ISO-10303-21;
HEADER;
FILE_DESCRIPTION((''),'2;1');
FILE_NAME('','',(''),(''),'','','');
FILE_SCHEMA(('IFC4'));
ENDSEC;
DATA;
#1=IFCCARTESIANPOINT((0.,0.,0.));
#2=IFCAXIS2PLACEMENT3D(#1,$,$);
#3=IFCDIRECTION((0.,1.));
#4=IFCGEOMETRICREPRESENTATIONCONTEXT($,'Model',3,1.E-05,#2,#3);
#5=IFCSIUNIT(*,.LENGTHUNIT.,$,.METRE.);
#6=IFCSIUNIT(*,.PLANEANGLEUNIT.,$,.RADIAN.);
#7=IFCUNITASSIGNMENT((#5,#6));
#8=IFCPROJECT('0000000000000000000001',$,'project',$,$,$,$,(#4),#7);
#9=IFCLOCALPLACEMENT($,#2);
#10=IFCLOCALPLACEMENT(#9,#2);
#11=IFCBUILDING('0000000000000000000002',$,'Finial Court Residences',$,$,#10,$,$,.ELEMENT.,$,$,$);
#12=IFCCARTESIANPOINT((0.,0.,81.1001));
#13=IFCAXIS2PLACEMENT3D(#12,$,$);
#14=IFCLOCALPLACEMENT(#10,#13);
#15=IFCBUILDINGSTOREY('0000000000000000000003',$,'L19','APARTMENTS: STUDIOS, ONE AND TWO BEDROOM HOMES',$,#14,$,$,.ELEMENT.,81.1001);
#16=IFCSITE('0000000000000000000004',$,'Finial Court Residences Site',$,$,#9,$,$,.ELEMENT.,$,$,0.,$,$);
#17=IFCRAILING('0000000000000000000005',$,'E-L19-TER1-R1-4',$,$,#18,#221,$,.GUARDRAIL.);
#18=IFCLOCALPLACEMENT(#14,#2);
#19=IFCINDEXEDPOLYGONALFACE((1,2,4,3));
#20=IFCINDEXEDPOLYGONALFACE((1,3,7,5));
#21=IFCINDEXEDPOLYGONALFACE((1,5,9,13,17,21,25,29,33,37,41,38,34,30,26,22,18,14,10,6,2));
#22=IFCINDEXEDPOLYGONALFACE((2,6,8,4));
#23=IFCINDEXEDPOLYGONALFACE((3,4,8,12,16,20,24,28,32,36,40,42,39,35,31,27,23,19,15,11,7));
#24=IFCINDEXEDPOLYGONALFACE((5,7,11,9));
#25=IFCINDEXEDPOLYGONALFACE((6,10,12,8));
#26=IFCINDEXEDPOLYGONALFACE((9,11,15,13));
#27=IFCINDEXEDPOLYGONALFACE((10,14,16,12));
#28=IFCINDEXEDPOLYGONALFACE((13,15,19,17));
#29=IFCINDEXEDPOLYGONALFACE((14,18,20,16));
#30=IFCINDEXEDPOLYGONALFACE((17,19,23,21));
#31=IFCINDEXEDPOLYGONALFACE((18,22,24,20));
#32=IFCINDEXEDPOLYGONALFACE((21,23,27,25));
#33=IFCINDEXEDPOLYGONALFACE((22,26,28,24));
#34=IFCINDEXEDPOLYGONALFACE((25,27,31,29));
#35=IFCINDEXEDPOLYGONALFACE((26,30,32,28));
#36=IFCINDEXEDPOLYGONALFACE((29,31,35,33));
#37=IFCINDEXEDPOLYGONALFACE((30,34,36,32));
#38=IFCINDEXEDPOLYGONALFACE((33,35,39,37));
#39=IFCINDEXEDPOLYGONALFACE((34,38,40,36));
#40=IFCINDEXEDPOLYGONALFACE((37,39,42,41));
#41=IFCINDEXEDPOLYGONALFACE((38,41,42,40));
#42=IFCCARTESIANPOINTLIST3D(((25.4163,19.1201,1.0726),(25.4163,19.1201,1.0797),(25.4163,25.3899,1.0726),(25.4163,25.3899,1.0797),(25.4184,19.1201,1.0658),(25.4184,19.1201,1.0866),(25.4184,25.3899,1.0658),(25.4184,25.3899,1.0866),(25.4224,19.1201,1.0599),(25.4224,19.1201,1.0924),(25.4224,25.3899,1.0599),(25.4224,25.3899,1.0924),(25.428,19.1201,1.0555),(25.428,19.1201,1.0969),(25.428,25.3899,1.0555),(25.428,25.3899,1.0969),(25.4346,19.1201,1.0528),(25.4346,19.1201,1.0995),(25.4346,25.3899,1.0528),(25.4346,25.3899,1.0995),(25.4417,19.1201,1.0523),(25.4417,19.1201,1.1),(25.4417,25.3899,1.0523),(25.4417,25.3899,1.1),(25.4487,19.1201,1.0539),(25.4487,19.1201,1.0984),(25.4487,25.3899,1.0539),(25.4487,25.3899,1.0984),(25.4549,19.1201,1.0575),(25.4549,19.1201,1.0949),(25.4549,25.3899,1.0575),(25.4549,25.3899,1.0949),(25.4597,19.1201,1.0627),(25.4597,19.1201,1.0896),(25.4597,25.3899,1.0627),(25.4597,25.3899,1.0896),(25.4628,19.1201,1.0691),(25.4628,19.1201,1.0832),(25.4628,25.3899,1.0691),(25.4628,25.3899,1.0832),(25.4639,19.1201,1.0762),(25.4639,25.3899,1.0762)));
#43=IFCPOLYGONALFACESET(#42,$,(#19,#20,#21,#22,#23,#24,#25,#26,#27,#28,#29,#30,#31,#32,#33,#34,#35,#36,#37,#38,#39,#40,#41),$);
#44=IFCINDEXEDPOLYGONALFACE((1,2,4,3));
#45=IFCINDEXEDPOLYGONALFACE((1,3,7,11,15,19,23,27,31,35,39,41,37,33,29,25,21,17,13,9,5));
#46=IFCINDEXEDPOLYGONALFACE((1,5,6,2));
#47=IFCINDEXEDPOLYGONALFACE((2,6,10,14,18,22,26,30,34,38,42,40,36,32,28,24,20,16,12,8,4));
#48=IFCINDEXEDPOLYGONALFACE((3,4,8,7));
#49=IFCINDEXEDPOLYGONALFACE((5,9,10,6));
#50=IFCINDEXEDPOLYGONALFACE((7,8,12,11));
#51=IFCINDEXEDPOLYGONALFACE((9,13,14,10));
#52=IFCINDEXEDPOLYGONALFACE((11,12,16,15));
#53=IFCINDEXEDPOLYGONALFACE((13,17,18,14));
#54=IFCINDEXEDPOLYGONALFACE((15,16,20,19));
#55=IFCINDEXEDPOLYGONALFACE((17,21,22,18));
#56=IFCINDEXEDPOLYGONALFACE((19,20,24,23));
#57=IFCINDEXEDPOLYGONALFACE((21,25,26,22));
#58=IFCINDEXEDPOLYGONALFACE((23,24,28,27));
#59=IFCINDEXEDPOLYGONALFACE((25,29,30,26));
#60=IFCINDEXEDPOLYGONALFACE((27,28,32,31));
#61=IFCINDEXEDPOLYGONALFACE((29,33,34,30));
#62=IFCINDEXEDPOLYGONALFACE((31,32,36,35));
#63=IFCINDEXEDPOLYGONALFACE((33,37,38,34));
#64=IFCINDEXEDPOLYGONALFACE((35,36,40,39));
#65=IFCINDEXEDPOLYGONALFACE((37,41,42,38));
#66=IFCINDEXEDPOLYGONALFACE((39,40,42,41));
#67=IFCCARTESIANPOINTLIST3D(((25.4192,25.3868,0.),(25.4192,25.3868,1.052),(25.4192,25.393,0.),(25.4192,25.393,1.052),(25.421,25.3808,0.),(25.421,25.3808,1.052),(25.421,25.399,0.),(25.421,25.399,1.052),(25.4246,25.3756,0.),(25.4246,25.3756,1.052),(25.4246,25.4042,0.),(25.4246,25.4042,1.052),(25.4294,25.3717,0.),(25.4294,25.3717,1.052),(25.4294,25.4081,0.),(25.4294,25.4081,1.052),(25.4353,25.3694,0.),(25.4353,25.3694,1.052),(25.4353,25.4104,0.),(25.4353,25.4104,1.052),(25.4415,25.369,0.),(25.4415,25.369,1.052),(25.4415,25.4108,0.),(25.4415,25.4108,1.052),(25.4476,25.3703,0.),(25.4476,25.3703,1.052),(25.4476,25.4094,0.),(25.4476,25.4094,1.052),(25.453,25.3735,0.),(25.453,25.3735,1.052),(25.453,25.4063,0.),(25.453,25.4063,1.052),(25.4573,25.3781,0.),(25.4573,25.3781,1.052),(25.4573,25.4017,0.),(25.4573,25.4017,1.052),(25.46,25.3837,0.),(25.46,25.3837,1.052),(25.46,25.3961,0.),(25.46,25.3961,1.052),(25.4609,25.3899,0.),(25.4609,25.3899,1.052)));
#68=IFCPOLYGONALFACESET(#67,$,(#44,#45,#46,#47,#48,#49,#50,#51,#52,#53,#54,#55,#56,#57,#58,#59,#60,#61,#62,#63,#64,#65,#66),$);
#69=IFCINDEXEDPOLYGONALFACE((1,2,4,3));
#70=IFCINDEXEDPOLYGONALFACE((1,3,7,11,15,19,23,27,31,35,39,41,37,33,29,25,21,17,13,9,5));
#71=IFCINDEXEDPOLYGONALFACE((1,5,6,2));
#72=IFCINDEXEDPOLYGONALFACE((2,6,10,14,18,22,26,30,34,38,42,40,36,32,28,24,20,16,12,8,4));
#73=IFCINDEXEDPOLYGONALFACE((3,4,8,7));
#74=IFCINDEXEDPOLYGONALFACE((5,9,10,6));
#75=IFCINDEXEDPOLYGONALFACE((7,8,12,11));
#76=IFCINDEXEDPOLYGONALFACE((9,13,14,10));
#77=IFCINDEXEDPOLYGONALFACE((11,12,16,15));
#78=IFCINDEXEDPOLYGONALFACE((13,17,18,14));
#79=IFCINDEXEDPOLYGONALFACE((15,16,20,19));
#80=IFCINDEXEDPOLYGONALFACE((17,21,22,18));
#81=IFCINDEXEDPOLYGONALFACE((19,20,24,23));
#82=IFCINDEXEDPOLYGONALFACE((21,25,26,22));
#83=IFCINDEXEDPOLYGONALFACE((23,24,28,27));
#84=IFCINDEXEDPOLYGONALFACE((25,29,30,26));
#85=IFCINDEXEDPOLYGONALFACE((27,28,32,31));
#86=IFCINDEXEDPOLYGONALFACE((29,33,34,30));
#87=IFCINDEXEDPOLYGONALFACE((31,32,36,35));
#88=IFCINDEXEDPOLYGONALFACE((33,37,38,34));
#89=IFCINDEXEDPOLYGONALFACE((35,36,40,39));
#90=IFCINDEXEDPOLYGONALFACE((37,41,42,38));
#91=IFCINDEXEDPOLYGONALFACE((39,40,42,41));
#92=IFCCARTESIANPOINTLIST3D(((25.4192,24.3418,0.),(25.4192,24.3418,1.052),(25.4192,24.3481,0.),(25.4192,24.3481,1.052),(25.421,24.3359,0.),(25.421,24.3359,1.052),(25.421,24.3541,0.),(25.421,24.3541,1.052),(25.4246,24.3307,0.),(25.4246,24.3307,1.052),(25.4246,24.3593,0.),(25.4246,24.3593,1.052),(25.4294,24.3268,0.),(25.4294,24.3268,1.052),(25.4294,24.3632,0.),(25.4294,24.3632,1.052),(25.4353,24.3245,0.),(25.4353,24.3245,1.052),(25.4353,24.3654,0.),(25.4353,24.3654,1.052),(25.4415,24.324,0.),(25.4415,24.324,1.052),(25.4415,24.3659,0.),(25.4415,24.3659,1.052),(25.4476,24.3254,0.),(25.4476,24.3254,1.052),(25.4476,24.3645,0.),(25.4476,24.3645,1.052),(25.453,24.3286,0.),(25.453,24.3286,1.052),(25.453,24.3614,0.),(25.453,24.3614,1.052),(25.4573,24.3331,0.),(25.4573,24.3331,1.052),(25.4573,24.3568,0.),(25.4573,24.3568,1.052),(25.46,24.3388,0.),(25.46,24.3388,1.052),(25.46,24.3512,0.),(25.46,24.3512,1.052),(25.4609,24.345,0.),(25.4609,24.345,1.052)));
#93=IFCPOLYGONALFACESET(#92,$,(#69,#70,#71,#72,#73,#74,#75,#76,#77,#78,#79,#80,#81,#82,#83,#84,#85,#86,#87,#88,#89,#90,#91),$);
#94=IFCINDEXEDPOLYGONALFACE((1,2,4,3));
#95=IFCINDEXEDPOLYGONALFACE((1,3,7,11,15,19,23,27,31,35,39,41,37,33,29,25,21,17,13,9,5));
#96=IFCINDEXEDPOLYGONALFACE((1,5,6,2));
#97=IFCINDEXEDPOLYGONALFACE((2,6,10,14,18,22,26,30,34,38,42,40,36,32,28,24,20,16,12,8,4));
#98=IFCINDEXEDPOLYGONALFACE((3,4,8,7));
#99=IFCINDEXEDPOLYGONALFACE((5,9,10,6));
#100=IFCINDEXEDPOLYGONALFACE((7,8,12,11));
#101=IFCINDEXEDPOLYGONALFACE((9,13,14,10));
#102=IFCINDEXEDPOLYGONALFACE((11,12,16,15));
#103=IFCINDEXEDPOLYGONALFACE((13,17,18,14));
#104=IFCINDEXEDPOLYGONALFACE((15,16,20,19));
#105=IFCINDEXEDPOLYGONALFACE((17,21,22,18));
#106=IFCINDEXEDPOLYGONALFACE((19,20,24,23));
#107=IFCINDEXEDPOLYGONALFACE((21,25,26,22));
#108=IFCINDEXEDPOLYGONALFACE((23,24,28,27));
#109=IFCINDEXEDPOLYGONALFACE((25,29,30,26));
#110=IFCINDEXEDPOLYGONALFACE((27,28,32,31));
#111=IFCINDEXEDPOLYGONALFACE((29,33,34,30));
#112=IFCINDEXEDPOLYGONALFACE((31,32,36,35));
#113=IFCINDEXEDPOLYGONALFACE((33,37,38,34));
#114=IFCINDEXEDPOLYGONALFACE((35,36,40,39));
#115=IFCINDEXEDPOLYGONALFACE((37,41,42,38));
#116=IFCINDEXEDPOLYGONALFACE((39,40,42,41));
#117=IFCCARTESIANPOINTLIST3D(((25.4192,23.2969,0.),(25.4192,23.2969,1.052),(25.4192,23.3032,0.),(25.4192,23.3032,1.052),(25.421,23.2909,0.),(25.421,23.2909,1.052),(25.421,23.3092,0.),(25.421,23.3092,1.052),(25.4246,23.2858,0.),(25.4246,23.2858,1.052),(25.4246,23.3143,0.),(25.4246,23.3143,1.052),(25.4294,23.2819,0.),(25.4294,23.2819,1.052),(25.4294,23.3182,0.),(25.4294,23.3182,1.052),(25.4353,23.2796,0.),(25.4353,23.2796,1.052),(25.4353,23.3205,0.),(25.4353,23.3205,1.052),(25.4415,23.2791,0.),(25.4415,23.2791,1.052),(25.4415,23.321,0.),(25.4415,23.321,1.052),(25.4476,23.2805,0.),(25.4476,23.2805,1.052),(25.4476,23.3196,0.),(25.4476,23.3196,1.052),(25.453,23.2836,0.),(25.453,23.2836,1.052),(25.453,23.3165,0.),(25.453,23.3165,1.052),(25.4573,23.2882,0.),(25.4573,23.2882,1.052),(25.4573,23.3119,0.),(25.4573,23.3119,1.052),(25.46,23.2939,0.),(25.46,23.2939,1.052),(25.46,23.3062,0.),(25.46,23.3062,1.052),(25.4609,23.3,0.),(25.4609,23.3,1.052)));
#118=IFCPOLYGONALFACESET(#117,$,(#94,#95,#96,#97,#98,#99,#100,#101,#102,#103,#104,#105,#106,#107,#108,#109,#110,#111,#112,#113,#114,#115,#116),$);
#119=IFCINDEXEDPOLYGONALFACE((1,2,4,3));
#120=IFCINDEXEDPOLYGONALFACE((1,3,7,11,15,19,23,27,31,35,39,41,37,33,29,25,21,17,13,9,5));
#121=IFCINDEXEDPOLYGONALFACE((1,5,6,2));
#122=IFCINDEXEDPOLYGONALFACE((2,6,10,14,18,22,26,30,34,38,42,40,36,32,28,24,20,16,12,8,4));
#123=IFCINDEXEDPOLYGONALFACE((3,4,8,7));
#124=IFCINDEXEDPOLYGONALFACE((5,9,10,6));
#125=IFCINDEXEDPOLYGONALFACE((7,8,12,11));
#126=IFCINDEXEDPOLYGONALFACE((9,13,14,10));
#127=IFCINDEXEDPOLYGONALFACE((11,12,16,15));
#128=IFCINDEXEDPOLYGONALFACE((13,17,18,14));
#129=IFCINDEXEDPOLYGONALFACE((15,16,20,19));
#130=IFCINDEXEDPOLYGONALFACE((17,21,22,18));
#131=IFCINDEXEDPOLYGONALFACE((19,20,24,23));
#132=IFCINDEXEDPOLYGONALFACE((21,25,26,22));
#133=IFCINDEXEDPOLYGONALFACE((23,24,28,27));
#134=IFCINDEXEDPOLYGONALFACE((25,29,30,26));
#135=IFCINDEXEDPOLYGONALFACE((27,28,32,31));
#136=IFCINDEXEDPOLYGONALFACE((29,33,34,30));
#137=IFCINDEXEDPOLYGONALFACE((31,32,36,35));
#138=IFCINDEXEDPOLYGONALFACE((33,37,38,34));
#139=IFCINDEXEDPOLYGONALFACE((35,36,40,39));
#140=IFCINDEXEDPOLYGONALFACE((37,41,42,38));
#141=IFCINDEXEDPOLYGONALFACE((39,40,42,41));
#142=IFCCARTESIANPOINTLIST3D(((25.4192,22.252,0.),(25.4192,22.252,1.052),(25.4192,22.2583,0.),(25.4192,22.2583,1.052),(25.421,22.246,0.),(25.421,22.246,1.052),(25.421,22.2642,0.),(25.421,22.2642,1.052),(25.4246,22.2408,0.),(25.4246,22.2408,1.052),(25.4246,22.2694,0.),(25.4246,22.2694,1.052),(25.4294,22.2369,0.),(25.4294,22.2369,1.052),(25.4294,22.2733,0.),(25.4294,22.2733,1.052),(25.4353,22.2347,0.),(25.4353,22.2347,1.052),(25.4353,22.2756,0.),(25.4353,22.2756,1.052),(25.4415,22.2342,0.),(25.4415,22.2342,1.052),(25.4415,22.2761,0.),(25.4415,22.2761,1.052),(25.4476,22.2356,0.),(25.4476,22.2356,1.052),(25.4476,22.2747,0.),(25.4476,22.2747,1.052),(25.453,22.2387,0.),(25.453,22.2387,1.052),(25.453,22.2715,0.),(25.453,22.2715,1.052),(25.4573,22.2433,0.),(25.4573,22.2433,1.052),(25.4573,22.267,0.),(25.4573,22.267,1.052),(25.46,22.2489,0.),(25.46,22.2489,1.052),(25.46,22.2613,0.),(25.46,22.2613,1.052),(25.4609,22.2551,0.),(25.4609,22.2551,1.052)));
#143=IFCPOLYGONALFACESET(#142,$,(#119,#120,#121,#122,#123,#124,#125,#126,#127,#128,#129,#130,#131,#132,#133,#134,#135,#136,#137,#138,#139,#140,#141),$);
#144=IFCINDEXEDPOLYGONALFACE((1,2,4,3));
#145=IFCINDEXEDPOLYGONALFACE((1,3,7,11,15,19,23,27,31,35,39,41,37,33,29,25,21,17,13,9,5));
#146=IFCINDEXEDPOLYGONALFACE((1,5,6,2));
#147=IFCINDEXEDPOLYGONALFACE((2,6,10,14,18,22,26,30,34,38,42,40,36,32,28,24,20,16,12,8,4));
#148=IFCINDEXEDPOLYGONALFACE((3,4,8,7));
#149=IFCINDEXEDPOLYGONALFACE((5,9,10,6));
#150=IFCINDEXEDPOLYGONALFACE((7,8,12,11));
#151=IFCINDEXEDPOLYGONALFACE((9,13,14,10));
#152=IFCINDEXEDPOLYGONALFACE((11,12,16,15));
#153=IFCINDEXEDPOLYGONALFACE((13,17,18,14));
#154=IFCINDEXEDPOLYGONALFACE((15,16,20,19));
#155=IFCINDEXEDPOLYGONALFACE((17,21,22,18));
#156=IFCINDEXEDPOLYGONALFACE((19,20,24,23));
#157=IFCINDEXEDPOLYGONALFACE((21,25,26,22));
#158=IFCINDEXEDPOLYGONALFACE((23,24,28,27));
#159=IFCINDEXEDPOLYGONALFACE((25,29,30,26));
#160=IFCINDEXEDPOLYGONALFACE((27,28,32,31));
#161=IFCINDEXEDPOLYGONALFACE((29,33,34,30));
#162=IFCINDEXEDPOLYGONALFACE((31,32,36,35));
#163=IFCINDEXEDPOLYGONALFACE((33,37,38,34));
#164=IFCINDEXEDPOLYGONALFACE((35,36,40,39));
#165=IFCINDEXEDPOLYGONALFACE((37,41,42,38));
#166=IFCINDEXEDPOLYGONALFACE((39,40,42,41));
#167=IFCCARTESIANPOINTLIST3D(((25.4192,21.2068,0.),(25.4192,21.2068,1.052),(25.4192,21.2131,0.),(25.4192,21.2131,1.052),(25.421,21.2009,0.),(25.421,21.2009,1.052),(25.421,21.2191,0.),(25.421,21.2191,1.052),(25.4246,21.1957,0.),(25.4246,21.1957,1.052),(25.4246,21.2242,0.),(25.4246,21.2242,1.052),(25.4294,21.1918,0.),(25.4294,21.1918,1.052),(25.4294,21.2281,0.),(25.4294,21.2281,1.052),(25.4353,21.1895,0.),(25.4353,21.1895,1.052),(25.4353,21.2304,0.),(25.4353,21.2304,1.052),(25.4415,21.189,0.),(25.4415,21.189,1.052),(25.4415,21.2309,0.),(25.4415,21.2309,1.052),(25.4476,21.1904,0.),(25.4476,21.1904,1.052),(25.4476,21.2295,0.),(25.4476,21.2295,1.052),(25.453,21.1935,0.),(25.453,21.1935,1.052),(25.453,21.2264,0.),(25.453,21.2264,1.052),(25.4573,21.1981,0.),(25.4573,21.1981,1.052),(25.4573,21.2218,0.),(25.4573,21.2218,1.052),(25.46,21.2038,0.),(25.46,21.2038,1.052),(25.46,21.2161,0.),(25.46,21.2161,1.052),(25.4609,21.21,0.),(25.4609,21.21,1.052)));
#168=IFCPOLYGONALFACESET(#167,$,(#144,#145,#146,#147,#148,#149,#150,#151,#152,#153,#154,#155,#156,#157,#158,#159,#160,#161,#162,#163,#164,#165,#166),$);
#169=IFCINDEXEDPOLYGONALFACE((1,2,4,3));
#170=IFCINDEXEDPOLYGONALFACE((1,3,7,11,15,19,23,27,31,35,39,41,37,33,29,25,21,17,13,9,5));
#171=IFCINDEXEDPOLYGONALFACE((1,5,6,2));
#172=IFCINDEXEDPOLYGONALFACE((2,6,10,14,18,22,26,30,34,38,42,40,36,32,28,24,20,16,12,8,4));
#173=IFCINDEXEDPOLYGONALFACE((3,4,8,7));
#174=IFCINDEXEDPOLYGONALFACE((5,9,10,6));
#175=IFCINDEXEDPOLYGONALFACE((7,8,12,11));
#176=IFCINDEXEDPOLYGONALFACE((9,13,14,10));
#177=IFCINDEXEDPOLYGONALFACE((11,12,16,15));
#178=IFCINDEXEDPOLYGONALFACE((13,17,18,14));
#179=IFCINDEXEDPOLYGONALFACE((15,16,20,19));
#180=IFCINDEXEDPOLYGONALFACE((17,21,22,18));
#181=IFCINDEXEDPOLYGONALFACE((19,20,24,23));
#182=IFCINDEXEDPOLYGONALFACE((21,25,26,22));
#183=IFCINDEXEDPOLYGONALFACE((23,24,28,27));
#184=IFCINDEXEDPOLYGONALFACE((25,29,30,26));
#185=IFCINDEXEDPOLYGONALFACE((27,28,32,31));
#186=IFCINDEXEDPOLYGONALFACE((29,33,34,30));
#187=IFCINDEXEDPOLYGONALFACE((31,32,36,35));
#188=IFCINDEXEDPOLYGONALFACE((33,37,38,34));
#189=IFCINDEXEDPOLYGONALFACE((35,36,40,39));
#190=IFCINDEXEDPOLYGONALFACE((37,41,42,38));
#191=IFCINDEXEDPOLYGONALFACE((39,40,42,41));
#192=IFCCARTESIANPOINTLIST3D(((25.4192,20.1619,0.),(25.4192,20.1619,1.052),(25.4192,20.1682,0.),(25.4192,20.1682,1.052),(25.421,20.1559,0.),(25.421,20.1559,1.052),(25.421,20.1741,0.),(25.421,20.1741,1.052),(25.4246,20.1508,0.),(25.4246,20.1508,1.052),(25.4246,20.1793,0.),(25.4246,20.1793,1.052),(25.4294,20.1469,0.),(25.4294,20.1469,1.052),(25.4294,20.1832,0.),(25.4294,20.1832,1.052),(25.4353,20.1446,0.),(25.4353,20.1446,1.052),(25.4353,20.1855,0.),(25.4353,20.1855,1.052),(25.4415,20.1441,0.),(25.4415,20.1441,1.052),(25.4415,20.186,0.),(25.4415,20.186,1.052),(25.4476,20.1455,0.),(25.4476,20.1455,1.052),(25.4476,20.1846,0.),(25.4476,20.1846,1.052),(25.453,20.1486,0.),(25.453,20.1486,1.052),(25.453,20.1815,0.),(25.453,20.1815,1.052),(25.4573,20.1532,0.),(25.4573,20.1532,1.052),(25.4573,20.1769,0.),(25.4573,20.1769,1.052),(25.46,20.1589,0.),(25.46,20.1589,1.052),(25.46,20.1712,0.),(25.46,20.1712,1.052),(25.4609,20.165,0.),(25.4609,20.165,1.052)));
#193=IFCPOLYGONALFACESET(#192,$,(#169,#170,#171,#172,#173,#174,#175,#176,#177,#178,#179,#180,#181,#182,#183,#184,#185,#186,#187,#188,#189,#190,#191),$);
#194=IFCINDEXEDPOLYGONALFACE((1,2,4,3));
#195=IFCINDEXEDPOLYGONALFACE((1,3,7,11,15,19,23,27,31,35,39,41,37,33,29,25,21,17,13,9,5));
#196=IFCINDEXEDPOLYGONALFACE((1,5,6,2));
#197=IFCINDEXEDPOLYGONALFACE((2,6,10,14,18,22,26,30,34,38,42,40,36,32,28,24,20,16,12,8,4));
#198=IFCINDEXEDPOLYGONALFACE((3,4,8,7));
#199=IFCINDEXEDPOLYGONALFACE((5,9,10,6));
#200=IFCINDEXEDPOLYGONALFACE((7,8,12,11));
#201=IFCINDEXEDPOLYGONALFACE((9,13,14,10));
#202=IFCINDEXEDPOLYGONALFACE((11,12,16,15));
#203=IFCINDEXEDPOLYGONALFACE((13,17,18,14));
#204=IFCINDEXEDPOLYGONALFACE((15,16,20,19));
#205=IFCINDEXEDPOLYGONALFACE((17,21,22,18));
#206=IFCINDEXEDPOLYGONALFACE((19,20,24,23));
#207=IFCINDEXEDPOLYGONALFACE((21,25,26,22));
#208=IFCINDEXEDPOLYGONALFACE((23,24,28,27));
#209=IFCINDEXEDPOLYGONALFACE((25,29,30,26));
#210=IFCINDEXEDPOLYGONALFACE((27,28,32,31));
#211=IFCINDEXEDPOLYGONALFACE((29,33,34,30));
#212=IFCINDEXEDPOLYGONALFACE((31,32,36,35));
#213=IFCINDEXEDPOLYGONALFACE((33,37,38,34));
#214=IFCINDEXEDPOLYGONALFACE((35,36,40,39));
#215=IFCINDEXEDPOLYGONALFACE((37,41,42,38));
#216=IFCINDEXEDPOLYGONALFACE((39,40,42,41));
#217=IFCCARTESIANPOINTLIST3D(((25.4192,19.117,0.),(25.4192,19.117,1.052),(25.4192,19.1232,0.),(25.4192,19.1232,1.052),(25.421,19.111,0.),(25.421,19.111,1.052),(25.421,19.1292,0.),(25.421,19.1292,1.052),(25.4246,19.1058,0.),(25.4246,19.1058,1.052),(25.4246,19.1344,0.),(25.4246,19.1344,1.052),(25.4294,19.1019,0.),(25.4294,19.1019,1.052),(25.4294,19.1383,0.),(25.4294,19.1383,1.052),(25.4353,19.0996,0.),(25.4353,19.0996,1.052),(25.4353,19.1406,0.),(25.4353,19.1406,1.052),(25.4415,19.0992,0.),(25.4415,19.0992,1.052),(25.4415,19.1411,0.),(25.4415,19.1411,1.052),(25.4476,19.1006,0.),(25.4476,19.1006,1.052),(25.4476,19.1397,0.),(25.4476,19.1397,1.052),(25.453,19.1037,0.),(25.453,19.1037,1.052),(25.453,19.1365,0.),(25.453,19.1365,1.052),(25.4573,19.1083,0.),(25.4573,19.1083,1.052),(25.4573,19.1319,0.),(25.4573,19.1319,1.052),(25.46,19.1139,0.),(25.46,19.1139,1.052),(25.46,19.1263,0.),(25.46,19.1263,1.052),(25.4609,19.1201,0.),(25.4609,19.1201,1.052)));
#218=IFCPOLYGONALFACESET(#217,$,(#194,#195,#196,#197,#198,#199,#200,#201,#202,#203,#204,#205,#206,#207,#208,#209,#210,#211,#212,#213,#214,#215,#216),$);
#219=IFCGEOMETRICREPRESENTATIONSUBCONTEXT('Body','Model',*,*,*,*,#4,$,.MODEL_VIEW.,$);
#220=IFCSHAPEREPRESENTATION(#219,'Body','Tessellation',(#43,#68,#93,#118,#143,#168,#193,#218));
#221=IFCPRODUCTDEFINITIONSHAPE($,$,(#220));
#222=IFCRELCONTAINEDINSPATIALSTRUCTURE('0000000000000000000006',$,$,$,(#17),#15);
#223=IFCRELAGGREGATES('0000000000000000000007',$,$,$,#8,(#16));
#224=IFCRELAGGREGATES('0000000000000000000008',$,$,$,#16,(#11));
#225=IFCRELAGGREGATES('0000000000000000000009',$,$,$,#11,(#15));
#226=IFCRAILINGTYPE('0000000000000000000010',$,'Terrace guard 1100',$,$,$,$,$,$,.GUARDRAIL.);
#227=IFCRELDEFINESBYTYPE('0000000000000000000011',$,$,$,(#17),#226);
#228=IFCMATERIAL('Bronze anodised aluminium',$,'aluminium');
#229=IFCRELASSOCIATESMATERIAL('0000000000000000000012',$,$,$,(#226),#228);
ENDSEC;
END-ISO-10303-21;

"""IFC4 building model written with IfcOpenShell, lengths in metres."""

from ifc_helpers import new_model, si_unit, direction, frame, origin, origin_2d, place, context, subcontext, project, spatial, circle, extrude, material, type_object, element, save


model = new_model("IFC4")

# Units and contexts
model_context = context("Model", 3, precision=1e-05, world=origin(), true_north=direction((0.0, 1.0)))
body_context = subcontext(model_context, "Body", "Model", "MODEL_VIEW")
ifc_project = project(units=[si_unit("LENGTHUNIT", "METRE"), si_unit("PLANEANGLEUNIT", "RADIAN")], contexts=[model_context])

# Site, building, storey
site_placement = place(None, origin())
site = spatial("IfcSite", under=ifc_project, at=site_placement, Name="Finial Court Residences Site", CompositionType="ELEMENT", RefElevation=0.0)
building_placement = place(site_placement, origin())
building = spatial("IfcBuilding", under=site, at=building_placement, Name="Finial Court Residences", CompositionType="ELEMENT")
storey_placement = place(building_placement, frame((0.0, 0.0, 81.1001)))
storey = spatial("IfcBuildingStorey", under=building, at=storey_placement, Name="L19", Description="APARTMENTS: STUDIOS, ONE AND TWO BEDROOM HOMES", CompositionType="ELEMENT", Elevation=81.1001)

# Shared definitions
ifc_material_1 = material(Name="Bronze anodised aluminium", Category="aluminium")

# Railing
railing_type = type_object("IfcRailingType", Name="Terrace guard 1100", PredefinedType="GUARDRAIL", material=ifc_material_1)
railing_1_placement = place(storey_placement, frame((25.4399, 25.3899, 0.0)))
element("IfcRailing", 1, at=railing_1_placement, inside=storey, type_object=railing_type, Name="E-L19-TER1-R1-4", PredefinedType="GUARDRAIL", context=body_context, shape_type="SweptSolid", body=[
    extrude(circle(Radius=0.0239, at=origin_2d()), frame((0.0, 0.0, 1.0762), z_axis=(0.0, -1.0, 0.0), x_axis=(1.0, 0.0, 0.0)), (0.0, 0.0, 1.0), 6.2698),
    extrude(circle(Radius=0.021, at=origin_2d()), origin(), (0.0, 0.0, 1.0), 1.052),
    extrude(circle(Radius=0.021, at=origin_2d()), frame((0.0, -1.0449, 0.0)), (0.0, 0.0, 1.0), 1.052),
    extrude(circle(Radius=0.021, at=origin_2d()), frame((0.0, -2.0898, 0.0)), (0.0, 0.0, 1.0), 1.052),
    extrude(circle(Radius=0.021, at=origin_2d()), frame((0.0, -3.1348, 0.0)), (0.0, 0.0, 1.0), 1.052),
    extrude(circle(Radius=0.021, at=origin_2d()), frame((0.0, -4.1799, 0.0)), (0.0, 0.0, 1.0), 1.052),
    extrude(circle(Radius=0.021, at=origin_2d()), frame((0.0, -5.2249, 0.0)), (0.0, 0.0, 1.0), 1.052),
    extrude(circle(Radius=0.021, at=origin_2d()), frame((0.0, -6.2698, 0.0)), (0.0, 0.0, 1.0), 1.052),
])

save(model, "model.ifc")
